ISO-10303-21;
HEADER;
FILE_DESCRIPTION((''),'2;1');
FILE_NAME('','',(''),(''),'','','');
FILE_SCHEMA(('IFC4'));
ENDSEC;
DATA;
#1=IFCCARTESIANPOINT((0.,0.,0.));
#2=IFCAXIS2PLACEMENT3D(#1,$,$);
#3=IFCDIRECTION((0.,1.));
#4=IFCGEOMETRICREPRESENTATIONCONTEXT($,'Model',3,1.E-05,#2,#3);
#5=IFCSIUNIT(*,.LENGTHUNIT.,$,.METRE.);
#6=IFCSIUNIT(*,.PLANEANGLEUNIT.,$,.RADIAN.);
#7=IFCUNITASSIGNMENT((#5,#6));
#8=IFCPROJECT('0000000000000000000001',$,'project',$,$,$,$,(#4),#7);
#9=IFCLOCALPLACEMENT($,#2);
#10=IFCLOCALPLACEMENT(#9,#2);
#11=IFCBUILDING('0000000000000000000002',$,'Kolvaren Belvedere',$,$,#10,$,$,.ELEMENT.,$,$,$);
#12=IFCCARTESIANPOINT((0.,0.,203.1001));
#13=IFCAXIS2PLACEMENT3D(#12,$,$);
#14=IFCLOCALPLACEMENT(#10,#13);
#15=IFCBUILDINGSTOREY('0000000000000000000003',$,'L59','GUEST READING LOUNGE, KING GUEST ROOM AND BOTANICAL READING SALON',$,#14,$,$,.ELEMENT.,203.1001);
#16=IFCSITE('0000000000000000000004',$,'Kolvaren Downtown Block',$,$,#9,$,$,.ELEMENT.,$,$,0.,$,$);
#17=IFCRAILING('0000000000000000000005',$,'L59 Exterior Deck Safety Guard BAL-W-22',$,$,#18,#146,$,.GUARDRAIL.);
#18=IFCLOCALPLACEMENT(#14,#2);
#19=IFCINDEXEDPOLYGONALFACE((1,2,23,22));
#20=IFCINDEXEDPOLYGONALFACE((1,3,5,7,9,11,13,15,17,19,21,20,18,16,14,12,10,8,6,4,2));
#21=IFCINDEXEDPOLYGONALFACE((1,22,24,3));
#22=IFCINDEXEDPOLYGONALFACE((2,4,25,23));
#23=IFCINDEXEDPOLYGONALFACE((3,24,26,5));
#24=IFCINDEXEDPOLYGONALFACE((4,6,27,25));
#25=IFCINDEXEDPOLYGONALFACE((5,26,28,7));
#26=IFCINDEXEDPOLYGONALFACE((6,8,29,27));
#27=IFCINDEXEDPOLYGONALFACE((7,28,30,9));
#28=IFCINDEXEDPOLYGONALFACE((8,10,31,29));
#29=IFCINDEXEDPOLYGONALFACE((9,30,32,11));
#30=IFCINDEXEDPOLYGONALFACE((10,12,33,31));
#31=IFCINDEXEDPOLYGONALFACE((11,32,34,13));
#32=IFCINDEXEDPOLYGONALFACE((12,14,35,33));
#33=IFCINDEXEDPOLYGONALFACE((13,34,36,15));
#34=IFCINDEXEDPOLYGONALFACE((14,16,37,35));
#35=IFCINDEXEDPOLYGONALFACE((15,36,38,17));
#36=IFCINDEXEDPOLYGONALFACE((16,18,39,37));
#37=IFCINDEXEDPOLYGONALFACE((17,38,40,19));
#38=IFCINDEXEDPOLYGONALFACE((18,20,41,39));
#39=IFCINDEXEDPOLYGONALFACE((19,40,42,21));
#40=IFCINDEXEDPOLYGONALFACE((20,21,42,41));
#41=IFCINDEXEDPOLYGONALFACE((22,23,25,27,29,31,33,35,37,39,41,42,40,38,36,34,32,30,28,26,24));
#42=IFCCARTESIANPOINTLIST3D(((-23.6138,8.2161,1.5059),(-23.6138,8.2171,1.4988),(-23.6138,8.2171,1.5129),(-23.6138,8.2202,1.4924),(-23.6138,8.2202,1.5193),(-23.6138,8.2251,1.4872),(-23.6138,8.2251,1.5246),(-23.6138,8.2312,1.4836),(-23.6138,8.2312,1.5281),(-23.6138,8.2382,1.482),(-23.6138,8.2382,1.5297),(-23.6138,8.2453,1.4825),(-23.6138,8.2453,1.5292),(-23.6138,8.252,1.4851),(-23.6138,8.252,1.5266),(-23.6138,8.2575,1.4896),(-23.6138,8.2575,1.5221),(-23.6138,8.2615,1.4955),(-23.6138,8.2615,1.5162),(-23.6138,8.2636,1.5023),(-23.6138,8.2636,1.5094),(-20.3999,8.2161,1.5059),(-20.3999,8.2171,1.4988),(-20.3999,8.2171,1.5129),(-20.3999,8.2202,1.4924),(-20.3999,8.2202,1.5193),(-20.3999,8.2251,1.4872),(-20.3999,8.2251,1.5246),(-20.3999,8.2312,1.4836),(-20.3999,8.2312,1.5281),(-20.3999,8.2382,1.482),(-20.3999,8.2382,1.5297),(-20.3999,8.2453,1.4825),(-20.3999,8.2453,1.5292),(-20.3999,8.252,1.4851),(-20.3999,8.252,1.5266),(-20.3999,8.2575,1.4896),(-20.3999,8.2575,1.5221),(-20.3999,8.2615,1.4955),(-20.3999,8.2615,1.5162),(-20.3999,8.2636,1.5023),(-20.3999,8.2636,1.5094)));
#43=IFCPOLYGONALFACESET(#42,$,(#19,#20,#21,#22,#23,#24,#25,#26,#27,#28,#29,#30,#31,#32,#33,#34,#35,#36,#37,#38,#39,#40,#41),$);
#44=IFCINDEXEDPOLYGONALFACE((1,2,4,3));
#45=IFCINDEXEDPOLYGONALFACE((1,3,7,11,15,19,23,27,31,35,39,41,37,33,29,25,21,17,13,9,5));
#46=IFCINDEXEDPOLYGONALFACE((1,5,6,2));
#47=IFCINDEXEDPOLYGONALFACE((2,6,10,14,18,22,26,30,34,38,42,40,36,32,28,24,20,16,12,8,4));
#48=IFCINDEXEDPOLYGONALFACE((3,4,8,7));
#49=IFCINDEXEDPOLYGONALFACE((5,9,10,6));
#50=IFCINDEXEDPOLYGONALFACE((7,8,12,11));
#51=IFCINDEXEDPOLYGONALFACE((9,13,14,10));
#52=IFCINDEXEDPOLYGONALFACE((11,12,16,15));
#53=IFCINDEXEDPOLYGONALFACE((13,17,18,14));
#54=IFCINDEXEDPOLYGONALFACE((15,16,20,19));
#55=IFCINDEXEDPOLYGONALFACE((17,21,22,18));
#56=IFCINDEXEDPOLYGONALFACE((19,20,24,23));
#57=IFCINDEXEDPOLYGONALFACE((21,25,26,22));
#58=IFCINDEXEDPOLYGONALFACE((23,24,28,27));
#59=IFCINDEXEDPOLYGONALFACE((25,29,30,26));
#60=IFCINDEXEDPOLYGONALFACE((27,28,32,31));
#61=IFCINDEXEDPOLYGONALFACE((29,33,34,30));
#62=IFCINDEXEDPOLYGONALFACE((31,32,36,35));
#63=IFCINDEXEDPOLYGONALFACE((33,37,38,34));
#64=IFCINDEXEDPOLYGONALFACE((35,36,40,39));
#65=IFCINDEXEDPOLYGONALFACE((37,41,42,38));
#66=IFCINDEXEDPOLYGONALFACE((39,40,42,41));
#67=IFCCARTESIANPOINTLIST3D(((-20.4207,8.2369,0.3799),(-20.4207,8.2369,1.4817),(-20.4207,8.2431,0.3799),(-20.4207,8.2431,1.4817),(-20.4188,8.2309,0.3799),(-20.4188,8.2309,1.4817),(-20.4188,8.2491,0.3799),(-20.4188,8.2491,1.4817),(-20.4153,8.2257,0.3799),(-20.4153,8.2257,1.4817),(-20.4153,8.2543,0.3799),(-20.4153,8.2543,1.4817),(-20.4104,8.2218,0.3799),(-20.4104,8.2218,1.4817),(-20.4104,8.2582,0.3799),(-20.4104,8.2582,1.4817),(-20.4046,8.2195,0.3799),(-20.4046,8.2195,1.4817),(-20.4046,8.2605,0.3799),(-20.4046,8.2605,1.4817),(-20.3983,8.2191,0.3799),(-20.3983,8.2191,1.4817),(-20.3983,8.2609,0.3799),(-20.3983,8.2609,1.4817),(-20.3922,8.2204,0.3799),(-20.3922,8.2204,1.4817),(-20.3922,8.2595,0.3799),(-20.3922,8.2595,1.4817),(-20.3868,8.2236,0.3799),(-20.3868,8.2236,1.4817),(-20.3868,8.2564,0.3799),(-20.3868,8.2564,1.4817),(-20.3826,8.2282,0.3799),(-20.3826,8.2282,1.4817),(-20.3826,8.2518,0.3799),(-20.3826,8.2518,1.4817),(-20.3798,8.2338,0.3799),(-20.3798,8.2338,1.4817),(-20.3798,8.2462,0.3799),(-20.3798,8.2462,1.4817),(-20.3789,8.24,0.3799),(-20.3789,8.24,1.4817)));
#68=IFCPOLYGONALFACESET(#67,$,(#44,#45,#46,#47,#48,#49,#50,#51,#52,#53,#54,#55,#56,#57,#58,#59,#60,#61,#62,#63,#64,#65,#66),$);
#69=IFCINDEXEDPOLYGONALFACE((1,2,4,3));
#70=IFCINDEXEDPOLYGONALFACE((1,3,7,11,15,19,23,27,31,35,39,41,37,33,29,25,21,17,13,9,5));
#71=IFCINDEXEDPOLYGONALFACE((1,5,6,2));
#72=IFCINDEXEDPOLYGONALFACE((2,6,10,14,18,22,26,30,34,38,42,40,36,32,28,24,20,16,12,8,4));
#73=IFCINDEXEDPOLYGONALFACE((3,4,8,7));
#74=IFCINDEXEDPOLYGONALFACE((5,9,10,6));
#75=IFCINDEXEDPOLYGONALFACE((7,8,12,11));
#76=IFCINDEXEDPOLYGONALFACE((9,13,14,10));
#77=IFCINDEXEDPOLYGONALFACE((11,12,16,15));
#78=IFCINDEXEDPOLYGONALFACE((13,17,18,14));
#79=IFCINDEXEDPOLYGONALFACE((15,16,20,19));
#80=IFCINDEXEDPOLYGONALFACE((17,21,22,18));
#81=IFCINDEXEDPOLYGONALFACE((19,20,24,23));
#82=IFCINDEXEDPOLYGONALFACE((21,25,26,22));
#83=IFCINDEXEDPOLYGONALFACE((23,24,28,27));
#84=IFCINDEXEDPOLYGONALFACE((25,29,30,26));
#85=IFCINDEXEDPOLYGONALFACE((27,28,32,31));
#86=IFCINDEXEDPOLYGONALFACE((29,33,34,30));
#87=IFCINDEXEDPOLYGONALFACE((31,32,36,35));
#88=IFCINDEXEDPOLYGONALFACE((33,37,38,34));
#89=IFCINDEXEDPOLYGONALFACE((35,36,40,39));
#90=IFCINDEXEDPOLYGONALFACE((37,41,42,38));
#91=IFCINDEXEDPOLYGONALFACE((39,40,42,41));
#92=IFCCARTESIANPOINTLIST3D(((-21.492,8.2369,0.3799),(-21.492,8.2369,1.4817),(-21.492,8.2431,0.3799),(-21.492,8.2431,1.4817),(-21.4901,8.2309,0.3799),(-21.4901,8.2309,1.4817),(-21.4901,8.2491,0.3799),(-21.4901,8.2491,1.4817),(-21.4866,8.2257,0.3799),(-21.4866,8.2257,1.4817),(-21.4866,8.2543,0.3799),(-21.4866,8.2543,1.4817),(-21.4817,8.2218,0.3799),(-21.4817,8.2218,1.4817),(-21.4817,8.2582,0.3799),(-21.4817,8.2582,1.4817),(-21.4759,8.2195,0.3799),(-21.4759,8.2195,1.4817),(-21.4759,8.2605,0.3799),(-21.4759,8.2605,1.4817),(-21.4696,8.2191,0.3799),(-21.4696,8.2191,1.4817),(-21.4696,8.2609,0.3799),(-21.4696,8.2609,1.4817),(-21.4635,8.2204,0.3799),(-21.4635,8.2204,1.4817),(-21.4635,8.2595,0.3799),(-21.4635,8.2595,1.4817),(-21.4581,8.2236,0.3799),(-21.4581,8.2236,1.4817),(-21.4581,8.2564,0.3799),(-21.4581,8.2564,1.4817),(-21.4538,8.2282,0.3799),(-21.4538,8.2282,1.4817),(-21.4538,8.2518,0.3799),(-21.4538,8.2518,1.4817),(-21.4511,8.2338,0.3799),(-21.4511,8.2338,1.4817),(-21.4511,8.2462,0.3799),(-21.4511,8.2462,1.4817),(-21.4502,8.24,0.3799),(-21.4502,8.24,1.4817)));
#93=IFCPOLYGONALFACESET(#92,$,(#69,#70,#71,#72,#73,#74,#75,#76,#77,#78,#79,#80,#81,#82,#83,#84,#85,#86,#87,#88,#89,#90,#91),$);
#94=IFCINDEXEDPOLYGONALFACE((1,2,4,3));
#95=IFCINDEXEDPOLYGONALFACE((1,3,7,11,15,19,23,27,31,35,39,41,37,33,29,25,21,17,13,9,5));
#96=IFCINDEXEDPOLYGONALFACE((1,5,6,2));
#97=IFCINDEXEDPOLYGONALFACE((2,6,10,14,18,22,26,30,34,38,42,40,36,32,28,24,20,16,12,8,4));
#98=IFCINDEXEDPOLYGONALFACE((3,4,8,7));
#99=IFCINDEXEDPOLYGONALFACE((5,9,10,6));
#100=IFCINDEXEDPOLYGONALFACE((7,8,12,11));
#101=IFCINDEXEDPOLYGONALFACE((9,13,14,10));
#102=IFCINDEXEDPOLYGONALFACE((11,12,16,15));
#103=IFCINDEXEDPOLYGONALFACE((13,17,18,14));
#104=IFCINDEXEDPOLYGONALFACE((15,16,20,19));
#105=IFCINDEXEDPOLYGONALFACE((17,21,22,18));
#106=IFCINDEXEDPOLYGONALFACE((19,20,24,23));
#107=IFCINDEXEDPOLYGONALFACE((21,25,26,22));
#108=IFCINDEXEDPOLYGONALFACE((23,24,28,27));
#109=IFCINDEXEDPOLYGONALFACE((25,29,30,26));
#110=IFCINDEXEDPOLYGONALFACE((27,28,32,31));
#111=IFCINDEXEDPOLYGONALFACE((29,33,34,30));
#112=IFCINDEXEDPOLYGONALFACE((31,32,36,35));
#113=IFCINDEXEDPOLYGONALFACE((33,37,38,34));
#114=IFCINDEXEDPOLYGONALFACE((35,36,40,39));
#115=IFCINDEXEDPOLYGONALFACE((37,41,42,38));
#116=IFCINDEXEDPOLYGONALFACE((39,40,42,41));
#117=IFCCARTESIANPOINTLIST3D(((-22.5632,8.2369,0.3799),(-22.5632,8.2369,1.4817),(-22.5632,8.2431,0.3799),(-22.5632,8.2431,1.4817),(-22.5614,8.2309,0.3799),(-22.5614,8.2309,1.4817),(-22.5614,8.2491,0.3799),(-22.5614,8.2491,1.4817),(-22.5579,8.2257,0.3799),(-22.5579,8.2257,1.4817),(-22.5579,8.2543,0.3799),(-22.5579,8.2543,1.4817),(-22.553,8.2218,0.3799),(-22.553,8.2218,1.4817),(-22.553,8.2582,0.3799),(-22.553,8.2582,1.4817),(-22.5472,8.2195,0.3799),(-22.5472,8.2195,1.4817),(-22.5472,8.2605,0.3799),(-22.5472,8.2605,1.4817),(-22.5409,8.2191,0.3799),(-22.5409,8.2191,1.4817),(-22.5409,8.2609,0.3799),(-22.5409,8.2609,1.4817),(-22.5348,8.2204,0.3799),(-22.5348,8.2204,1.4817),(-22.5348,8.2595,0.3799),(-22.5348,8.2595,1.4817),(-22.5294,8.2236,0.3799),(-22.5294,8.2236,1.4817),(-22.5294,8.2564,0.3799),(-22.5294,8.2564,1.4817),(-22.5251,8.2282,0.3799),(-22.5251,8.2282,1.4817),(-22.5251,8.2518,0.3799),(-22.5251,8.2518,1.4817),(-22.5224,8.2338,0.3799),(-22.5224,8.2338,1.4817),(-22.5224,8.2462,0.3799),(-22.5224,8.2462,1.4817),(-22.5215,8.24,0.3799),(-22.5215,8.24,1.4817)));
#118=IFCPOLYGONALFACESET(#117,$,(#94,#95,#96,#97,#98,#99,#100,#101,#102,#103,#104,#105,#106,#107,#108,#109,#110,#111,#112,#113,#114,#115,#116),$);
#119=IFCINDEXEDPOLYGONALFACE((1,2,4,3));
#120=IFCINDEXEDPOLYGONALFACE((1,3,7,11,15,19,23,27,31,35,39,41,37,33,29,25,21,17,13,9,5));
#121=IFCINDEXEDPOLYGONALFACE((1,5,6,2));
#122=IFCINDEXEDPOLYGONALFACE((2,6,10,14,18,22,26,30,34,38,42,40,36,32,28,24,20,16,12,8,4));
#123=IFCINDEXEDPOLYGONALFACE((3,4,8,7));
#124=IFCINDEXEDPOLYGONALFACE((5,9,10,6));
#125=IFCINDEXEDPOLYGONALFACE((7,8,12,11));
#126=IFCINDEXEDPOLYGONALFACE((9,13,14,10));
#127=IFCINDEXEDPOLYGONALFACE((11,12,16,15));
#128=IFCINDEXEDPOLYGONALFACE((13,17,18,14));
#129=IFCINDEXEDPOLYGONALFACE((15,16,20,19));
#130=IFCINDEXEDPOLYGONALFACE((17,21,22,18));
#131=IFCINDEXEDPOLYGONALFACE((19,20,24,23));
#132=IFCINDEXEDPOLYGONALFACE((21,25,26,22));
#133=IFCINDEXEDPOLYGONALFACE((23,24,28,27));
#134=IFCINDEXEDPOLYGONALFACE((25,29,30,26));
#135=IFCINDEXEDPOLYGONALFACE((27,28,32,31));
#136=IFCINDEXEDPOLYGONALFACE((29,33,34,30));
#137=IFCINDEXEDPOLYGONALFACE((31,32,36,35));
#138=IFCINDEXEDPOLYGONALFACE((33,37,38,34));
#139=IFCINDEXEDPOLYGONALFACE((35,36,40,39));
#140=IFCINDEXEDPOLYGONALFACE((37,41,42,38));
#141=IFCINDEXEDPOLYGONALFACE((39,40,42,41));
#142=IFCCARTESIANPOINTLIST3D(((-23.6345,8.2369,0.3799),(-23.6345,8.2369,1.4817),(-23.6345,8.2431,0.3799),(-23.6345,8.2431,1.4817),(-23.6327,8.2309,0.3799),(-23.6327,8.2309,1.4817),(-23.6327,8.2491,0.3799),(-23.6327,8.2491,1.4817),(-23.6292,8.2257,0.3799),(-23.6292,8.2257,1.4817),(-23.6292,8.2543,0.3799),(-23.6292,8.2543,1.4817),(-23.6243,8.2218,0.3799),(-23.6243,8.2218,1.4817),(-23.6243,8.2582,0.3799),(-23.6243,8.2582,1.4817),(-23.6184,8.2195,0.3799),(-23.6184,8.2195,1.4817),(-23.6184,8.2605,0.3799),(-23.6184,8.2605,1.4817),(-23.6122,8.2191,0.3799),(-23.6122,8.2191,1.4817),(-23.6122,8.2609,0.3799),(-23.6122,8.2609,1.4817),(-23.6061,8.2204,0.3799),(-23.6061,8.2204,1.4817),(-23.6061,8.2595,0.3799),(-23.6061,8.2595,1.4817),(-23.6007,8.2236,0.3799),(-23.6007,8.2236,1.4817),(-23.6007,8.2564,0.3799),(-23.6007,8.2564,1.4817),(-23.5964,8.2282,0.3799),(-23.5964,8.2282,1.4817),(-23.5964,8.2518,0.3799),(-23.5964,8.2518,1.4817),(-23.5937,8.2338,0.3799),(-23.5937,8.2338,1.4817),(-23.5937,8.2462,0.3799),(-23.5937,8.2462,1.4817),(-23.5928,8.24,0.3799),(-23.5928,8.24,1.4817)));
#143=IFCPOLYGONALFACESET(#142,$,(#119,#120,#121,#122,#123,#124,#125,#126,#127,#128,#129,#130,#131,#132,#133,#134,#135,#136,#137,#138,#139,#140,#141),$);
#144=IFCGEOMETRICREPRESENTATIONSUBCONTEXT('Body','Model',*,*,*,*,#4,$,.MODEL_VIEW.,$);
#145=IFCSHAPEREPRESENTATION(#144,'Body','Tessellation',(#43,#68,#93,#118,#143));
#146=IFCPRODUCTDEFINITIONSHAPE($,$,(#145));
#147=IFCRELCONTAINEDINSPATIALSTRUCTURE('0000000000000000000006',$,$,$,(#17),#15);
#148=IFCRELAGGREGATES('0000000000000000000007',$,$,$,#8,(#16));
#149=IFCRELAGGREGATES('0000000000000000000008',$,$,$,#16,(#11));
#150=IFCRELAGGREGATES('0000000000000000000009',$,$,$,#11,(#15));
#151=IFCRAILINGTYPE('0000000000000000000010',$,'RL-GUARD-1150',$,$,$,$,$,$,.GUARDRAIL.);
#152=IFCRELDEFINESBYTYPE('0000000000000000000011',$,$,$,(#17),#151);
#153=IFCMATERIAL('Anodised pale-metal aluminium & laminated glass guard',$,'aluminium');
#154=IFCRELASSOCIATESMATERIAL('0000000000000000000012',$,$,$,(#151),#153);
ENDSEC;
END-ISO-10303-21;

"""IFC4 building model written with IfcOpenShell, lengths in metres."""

from ifc_helpers import new_model, si_unit, direction, frame, origin, origin_2d, place, context, subcontext, project, spatial, circle, extrude, material, type_object, element, save


model = new_model("IFC4")

# Units and contexts
model_context = context("Model", 3, precision=1e-05, world=origin(), true_north=direction((0.0, 1.0)))
body_context = subcontext(model_context, "Body", "Model", "MODEL_VIEW")
ifc_project = project(units=[si_unit("LENGTHUNIT", "METRE"), si_unit("PLANEANGLEUNIT", "RADIAN")], contexts=[model_context])

# Site, building, storey
site_placement = place(None, origin())
site = spatial("IfcSite", under=ifc_project, at=site_placement, Name="Kolvaren Downtown Block", CompositionType="ELEMENT", RefElevation=0.0)
building_placement = place(site_placement, origin())
building = spatial("IfcBuilding", under=site, at=building_placement, Name="Kolvaren Belvedere", CompositionType="ELEMENT")
storey_placement = place(building_placement, frame((0.0, 0.0, 203.1001)))
storey = spatial("IfcBuildingStorey", under=building, at=storey_placement, Name="L59", Description="GUEST READING LOUNGE, KING GUEST ROOM AND BOTANICAL READING SALON", CompositionType="ELEMENT", Elevation=203.1001)

# Railing
ifc_material_1 = material(Name="Anodised pale-metal aluminium & laminated glass guard", Category="aluminium")
railing_type = type_object("IfcRailingType", Name="RL-GUARD-1150", PredefinedType="GUARDRAIL", material=ifc_material_1)
railing_1_placement = place(storey_placement, frame((-20.3999, 8.24, 0.3799)))
element("IfcRailing", 1, at=railing_1_placement, inside=storey, type_object=railing_type, Name="L59 Exterior Deck Safety Guard BAL-W-22", PredefinedType="GUARDRAIL", context=body_context, shape_type="SweptSolid", body=[
    extrude(circle(Radius=0.0239, at=origin_2d()), frame((0.0, 0.0, 1.126), z_axis=(-1.0, 0.0, 0.0), x_axis=(0.0, -1.0, 0.0)), (0.0, 0.0, 1.0), 3.2139),
    extrude(circle(Radius=0.021, at=origin_2d()), origin(), (0.0, 0.0, 1.0), 1.1018),
    extrude(circle(Radius=0.021, at=origin_2d()), frame((-1.0713, 0.0, 0.0)), (0.0, 0.0, 1.0), 1.1018),
    extrude(circle(Radius=0.021, at=origin_2d()), frame((-2.1426, 0.0, 0.0)), (0.0, 0.0, 1.0), 1.1018),
    extrude(circle(Radius=0.021, at=origin_2d()), frame((-3.2139, 0.0, 0.0)), (0.0, 0.0, 1.0), 1.1018),
])

save(model, "model.ifc")
